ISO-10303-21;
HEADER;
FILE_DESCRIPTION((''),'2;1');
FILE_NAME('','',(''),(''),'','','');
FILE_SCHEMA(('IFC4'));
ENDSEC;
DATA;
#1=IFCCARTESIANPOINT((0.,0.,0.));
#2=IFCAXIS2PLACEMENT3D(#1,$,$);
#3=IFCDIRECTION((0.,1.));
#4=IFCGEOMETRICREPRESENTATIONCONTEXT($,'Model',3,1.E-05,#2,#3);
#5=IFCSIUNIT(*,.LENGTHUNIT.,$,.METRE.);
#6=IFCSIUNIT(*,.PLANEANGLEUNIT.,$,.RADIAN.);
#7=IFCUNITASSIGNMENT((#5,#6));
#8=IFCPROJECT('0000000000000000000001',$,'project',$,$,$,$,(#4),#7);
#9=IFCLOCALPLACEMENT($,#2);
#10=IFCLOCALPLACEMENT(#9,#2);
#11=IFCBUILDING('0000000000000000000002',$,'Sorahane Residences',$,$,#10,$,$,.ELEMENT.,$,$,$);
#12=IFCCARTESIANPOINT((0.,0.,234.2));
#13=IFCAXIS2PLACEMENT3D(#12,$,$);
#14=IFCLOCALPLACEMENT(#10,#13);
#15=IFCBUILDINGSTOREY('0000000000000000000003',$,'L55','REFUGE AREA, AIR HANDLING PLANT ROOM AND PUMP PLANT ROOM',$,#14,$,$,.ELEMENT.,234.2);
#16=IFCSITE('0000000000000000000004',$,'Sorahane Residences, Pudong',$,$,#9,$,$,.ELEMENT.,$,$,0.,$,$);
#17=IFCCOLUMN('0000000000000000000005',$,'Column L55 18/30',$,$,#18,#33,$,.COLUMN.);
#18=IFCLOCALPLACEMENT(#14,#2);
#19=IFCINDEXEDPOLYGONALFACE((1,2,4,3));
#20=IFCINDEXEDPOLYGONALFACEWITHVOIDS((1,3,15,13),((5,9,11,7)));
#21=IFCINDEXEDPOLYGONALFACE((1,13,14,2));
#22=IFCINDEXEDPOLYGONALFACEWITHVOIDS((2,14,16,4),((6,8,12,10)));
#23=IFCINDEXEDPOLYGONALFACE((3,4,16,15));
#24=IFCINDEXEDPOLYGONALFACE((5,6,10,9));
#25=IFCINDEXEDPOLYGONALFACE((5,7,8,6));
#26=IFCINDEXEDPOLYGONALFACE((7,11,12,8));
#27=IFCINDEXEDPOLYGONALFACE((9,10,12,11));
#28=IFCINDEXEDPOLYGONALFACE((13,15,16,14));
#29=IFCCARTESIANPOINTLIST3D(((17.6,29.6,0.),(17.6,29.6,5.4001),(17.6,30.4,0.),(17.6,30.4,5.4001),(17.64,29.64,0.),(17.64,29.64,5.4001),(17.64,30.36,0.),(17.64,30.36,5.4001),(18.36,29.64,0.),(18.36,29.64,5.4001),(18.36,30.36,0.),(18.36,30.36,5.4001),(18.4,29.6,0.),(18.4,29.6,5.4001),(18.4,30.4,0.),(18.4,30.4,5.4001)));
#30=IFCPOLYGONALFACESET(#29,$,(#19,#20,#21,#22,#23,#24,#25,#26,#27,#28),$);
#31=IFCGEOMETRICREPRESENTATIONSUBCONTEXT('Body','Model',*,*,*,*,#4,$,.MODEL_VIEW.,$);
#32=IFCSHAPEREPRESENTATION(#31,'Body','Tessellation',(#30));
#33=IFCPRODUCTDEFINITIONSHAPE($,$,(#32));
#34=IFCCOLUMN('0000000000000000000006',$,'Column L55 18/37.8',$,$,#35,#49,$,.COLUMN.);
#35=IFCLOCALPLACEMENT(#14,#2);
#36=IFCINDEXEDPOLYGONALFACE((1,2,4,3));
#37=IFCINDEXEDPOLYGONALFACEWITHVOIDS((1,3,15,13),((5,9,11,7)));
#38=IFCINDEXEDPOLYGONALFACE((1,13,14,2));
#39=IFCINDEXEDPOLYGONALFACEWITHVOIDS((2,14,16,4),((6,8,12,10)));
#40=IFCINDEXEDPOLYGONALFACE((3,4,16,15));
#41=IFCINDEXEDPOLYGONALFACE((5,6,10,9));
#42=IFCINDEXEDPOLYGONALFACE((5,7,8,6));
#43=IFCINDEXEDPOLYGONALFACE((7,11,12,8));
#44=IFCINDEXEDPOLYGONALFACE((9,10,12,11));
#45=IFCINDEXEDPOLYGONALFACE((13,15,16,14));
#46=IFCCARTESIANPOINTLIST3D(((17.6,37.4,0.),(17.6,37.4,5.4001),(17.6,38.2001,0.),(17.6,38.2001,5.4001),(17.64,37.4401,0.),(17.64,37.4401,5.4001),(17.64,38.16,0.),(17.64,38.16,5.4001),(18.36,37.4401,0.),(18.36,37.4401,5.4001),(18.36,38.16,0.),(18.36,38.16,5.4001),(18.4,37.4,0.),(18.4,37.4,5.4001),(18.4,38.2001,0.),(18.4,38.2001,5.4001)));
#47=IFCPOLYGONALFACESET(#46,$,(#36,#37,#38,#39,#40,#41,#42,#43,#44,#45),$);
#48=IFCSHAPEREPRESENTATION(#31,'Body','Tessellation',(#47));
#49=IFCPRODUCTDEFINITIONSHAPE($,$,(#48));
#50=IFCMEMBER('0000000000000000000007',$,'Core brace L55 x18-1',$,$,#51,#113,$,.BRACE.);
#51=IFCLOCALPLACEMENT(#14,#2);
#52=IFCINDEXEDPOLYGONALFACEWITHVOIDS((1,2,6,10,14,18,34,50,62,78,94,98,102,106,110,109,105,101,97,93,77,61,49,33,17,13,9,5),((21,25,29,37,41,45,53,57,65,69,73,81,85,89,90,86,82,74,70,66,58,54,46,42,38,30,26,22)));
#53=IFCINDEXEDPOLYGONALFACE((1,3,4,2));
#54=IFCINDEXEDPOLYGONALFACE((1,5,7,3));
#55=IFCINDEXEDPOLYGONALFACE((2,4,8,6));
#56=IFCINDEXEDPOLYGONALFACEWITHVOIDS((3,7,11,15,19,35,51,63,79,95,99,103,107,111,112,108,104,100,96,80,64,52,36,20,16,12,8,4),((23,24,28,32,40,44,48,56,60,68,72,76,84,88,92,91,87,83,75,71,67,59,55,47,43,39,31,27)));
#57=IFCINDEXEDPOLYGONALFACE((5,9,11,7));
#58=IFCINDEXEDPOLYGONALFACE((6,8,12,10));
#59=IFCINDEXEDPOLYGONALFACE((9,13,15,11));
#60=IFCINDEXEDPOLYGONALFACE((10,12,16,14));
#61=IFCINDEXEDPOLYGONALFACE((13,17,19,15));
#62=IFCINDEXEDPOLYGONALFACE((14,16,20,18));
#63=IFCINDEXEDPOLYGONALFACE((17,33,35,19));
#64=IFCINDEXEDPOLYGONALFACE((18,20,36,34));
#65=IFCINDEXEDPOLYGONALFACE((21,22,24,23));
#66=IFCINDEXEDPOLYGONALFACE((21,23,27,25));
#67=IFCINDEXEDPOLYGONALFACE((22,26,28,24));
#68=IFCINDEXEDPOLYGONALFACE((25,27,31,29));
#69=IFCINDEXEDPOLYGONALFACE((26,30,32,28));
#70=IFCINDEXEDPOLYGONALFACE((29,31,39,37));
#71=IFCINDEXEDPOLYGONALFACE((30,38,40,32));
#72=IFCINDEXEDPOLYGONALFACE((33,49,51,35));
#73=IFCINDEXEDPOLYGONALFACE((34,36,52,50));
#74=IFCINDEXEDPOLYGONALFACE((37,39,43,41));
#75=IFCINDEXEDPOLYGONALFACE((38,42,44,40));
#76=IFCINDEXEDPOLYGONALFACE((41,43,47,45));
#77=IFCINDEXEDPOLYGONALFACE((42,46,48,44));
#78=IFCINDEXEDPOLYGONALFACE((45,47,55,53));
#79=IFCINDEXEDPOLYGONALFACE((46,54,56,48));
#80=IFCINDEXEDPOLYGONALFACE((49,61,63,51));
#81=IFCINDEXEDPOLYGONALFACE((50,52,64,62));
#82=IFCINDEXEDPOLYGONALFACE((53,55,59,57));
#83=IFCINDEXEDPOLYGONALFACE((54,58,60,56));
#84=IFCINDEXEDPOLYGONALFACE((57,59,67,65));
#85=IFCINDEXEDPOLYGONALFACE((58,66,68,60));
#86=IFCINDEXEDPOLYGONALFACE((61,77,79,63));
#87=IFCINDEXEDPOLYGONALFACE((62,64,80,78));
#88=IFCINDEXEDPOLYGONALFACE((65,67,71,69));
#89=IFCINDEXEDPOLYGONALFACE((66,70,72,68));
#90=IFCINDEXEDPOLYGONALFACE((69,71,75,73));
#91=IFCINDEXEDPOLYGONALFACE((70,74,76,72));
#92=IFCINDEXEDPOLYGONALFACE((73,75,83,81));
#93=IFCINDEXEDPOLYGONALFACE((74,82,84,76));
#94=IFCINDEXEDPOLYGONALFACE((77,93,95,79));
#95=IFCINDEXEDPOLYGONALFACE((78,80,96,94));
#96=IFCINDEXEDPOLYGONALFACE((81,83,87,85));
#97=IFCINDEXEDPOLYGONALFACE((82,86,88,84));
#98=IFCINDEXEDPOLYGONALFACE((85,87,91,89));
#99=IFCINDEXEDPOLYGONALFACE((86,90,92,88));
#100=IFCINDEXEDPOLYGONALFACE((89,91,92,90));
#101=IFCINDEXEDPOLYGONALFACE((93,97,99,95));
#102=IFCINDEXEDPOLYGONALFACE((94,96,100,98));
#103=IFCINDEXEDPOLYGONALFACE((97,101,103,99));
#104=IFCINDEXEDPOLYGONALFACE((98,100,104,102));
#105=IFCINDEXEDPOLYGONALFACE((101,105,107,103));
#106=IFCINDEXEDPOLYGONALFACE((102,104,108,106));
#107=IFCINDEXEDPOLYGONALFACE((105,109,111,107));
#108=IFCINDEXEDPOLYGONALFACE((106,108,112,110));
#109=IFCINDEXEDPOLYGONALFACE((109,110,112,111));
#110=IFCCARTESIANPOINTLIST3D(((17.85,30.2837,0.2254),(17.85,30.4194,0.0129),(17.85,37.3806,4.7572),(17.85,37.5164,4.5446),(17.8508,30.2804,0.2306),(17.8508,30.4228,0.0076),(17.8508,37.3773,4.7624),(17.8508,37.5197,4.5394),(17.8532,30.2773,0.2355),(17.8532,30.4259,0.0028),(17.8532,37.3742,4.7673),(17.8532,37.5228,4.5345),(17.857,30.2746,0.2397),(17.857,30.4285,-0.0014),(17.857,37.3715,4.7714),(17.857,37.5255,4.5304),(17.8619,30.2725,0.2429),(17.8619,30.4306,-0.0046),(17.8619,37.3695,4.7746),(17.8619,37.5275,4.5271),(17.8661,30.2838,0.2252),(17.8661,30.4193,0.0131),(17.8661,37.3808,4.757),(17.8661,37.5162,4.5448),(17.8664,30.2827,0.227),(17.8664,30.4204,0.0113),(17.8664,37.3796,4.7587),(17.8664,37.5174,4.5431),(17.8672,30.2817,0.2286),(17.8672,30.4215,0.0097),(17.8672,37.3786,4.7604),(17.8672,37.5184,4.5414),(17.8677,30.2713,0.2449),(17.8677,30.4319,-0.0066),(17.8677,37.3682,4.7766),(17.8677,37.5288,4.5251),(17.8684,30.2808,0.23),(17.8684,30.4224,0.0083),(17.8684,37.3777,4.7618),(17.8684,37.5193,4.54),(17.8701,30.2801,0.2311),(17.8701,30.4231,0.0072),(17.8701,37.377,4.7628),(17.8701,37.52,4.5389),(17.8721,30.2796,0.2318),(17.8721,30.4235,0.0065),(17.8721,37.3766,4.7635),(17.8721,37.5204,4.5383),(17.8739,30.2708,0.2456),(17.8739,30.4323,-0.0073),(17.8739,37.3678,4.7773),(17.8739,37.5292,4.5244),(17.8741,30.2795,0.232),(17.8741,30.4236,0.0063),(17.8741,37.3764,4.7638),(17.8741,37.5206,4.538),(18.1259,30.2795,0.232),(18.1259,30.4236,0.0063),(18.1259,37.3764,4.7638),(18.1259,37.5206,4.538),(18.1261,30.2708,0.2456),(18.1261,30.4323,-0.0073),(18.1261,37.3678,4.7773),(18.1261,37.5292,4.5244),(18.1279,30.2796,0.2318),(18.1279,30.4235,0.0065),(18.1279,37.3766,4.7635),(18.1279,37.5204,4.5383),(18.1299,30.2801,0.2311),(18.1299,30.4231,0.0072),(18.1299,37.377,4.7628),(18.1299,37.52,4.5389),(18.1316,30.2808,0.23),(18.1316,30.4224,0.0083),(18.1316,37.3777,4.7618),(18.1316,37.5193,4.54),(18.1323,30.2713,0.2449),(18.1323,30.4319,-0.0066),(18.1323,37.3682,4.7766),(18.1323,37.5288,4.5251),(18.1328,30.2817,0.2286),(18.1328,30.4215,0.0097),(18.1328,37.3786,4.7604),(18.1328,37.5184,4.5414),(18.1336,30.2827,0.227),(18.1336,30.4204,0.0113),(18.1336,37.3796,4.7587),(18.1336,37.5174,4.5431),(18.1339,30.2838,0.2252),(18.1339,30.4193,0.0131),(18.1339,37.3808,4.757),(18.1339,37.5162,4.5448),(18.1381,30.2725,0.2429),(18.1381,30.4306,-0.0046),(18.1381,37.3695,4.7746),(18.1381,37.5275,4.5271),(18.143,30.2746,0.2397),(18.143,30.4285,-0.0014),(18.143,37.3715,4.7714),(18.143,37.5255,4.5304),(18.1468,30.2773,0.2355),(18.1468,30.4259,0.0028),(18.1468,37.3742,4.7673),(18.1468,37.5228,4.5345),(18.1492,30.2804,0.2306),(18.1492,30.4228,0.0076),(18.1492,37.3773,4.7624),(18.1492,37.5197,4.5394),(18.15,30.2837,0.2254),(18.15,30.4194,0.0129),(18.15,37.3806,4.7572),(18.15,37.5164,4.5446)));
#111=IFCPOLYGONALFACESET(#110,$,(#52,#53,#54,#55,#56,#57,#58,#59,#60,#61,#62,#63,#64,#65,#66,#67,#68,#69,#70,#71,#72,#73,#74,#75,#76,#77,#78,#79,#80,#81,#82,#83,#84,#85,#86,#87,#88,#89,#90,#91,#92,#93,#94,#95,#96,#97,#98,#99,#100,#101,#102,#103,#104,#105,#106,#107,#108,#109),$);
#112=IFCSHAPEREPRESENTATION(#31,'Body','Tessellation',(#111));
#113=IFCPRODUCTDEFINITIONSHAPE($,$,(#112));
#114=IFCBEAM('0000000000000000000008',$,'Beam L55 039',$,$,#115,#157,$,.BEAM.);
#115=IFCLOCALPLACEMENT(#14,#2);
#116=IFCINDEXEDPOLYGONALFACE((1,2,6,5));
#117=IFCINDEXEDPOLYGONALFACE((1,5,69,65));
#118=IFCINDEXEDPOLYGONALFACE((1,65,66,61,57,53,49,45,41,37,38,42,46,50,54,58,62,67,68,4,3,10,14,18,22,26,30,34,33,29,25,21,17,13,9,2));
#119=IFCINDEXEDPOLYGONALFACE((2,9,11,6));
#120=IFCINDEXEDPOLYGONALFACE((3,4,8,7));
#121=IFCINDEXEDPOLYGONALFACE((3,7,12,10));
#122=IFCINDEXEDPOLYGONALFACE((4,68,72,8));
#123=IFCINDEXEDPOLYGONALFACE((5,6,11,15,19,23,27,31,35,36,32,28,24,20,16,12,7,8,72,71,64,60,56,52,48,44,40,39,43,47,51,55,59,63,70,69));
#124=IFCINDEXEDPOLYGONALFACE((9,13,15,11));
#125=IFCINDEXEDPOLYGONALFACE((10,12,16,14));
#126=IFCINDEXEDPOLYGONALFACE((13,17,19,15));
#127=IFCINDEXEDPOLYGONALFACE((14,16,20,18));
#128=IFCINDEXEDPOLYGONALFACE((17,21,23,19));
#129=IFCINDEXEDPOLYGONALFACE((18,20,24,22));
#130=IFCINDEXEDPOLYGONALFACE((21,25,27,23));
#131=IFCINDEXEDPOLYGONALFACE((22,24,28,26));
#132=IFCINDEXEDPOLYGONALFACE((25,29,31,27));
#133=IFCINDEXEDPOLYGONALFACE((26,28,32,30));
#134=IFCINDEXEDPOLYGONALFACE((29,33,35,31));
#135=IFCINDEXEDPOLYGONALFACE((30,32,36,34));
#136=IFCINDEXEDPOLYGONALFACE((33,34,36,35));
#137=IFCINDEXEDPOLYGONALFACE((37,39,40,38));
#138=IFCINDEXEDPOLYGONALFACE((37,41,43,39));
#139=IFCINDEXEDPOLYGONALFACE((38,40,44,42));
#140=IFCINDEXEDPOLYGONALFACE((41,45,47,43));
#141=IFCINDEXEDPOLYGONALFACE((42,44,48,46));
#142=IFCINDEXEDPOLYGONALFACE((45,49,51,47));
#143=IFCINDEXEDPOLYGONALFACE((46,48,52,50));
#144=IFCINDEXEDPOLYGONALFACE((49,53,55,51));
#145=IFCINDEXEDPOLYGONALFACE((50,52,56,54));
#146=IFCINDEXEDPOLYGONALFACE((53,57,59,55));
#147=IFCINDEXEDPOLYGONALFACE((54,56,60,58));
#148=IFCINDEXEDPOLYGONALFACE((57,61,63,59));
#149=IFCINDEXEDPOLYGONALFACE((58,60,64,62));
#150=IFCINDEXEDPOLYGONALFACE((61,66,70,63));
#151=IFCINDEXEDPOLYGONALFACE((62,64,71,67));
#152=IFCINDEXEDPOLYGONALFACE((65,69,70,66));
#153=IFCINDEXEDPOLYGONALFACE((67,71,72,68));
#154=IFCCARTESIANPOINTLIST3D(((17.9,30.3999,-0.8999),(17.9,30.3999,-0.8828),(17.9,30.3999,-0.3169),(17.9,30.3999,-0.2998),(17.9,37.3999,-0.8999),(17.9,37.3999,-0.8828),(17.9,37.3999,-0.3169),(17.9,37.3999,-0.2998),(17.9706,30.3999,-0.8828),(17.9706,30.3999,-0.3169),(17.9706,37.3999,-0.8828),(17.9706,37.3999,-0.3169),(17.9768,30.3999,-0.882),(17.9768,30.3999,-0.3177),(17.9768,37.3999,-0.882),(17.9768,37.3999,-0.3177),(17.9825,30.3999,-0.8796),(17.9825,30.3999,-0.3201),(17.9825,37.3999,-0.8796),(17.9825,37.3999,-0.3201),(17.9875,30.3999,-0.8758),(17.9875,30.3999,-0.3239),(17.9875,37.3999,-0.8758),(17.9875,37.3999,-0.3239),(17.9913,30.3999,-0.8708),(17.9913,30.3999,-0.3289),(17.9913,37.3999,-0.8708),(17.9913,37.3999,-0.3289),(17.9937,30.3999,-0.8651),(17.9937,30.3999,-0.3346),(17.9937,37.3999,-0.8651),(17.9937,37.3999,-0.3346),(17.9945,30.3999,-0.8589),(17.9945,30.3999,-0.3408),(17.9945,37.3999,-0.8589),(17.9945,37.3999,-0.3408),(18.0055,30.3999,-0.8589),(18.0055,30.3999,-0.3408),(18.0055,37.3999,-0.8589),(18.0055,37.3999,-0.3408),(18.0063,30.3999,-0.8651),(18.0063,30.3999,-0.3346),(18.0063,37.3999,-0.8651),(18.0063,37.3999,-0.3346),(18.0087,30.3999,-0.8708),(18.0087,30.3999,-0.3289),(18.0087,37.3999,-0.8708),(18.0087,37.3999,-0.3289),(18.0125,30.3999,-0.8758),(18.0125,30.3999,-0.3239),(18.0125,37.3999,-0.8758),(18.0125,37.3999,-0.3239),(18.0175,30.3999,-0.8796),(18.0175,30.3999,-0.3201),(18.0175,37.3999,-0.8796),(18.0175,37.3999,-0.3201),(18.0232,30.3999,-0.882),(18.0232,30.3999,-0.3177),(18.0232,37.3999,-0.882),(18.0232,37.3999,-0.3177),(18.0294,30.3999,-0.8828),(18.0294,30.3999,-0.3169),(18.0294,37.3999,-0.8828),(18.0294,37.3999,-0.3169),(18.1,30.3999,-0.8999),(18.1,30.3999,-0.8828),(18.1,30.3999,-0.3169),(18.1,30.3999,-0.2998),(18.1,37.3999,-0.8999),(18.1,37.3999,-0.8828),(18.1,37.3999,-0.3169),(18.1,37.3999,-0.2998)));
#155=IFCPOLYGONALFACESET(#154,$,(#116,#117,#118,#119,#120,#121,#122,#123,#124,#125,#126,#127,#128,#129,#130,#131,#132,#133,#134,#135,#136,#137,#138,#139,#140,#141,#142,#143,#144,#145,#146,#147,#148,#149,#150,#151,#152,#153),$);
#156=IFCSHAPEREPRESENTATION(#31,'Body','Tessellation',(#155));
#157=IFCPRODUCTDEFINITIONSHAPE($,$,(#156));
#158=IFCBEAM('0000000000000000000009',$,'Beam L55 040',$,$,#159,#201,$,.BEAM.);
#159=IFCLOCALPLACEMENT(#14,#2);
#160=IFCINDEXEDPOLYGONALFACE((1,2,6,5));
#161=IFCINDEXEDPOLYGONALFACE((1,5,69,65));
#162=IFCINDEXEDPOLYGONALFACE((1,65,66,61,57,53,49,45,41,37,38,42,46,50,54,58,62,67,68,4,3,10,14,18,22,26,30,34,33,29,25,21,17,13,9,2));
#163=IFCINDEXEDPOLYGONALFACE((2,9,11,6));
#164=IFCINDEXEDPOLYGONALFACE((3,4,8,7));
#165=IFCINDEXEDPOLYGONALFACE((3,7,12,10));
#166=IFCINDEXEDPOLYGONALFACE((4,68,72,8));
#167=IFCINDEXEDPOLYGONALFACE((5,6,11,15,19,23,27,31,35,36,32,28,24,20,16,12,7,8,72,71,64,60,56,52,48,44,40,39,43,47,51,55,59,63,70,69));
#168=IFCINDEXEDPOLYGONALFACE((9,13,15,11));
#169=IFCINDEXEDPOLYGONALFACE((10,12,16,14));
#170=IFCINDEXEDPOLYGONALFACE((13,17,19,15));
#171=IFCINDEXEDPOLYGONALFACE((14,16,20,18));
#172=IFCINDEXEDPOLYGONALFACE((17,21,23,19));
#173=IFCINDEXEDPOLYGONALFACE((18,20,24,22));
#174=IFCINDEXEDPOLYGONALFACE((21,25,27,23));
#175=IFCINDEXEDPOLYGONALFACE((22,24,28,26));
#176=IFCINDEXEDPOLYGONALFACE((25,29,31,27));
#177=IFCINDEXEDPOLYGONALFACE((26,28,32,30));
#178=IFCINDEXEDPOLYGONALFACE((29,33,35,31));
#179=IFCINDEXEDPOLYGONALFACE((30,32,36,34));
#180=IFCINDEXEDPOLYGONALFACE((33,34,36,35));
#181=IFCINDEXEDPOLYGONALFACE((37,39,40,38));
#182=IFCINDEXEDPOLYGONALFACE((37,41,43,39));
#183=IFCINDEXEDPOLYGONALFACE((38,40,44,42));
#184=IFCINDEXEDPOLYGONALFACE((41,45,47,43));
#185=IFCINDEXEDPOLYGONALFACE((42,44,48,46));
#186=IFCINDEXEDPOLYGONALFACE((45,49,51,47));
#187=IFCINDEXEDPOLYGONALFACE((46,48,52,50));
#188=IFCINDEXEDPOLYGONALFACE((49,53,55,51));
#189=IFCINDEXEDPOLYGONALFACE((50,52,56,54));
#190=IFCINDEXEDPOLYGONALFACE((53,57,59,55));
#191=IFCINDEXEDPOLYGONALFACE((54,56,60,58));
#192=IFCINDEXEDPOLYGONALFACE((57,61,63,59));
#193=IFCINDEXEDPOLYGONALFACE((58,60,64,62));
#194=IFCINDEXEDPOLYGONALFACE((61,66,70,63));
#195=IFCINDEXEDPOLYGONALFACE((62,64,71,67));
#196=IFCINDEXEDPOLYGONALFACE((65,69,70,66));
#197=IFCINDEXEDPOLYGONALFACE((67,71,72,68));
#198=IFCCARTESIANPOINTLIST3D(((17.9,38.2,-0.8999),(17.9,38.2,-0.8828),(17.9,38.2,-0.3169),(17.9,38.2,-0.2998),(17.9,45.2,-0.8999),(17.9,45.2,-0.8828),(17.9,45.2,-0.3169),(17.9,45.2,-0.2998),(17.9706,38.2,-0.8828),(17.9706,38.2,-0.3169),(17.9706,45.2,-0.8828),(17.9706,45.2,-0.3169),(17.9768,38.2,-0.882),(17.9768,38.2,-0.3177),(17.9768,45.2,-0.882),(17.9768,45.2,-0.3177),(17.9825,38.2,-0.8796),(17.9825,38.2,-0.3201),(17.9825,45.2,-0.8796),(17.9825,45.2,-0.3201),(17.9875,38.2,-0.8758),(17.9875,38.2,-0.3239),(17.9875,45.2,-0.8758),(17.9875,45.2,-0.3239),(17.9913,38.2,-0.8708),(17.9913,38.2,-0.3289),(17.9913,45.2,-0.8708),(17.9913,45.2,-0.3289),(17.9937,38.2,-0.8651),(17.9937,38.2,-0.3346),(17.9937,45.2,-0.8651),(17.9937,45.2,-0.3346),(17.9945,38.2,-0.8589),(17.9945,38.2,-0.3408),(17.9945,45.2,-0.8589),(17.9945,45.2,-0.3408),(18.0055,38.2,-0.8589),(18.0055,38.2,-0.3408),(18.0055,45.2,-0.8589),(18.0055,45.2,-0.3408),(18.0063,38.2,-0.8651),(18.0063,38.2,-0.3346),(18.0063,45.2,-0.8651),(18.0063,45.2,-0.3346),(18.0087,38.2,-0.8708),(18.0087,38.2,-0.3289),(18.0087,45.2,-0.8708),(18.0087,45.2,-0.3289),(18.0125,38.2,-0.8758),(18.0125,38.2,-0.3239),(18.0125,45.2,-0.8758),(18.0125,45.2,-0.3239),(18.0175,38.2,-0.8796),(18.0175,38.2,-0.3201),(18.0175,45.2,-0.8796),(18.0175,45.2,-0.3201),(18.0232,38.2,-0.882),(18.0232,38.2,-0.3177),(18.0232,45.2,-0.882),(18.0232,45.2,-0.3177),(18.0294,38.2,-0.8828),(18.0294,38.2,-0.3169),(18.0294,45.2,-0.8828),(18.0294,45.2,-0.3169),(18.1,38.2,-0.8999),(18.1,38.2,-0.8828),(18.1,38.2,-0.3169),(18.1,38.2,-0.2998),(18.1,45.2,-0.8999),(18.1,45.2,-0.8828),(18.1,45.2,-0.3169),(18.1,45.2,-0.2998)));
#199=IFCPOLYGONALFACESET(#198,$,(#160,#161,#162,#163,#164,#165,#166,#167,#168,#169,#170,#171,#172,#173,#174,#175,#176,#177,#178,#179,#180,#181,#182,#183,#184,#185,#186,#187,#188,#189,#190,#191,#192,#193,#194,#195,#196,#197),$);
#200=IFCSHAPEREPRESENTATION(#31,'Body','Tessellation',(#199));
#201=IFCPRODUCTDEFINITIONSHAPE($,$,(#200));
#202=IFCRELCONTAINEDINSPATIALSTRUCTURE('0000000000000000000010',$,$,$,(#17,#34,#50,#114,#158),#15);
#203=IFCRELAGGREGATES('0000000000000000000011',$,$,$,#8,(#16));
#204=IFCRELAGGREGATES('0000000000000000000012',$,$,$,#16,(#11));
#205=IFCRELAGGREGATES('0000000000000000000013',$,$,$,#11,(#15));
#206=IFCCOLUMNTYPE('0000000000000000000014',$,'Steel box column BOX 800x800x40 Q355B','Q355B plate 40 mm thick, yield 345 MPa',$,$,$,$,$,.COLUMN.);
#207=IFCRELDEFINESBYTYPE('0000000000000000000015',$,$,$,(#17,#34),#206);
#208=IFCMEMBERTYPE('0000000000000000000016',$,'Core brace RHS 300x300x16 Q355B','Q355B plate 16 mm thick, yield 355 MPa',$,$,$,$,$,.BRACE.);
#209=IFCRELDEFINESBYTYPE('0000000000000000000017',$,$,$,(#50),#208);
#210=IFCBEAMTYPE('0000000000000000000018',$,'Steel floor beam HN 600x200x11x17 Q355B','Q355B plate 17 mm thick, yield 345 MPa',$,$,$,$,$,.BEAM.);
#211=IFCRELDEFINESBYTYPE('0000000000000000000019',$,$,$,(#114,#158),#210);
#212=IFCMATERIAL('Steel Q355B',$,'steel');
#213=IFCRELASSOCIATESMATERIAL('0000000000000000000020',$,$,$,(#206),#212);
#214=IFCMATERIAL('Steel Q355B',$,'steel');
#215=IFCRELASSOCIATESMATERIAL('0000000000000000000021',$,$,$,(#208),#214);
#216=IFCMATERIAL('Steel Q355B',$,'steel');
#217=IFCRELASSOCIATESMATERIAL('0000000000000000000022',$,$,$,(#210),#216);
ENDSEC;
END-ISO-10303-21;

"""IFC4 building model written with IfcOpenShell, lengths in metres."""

from ifc_helpers import new_model, si_unit, direction, frame, origin, origin_2d, place, context, subcontext, project, spatial, hollow_rectangle, i_section, extrude, material, material_profile, profile_set, type_object, element, save


model = new_model("IFC4")

# Units and contexts
model_context = context("Model", 3, precision=1e-05, world=origin(), true_north=direction((0.0, 1.0)))
body_context = subcontext(model_context, "Body", "Model", "MODEL_VIEW")
ifc_project = project(units=[si_unit("LENGTHUNIT", "METRE"), si_unit("PLANEANGLEUNIT", "RADIAN")], contexts=[model_context])

# Site, building, storey
site_placement = place(None, origin())
site = spatial("IfcSite", under=ifc_project, at=site_placement, Name="Sorahane Residences, Pudong", CompositionType="ELEMENT", RefElevation=0.0)
building_placement = place(site_placement, origin())
building = spatial("IfcBuilding", under=site, at=building_placement, Name="Sorahane Residences", CompositionType="ELEMENT")
storey_placement = place(building_placement, frame((0.0, 0.0, 234.2)))
storey = spatial("IfcBuildingStorey", under=building, at=storey_placement, Name="L55", Description="REFUGE AREA, AIR HANDLING PLANT ROOM AND PUMP PLANT ROOM", CompositionType="ELEMENT", Elevation=234.2)

# Columns
ifc_material_1 = material(Name="Steel Q355B", Category="steel")
ifc_material_profile_1 = material_profile(ifc_material_1, hollow_rectangle(XDim=0.8, YDim=0.8, WallThickness=0.04, at=origin_2d()), Name="BOX 800x800x40")
ifc_profile_set_1 = profile_set([ifc_material_profile_1], Name="Steel Q355B")
column_type = type_object("IfcColumnType", Name="Steel box column BOX 800x800x40 Q355B", Description="Q355B plate 40 mm thick, yield 345 MPa", PredefinedType="COLUMN", material=ifc_profile_set_1)
for number, where, z_axis, x_axis, name in (
    (1, (18.0, 30.0, 0.0), (0.0, 0.0, 1.0), (1.0, 0.0, 0.0), "Column L55 18/30"),
    (2, (18.0, 37.8, 0.0), (0.0, 0.0, 1.0), (1.0, 0.0, 0.0), "Column L55 18/37.8"),
):
    element("IfcColumn", number, at=place(storey_placement, frame(where, z_axis=z_axis, x_axis=x_axis)), inside=storey, type_object=column_type, Name=name, PredefinedType="COLUMN", context=body_context, shape_type="SweptSolid", body=[
        extrude(hollow_rectangle(XDim=0.8, YDim=0.8, WallThickness=0.04, at=origin_2d()), origin(), (0.0, 0.0, 1.0), 5.4001),
    ])

# Member
ifc_material_2 = material(Name="Steel Q355B", Category="steel")
ifc_material_profile_2 = material_profile(ifc_material_2, hollow_rectangle(XDim=0.3, YDim=0.3, WallThickness=0.0161, InnerFilletRadius=0.0081, OuterFilletRadius=0.0239, at=origin_2d()), Name="RHS 300x300x16")
ifc_profile_set_2 = profile_set([ifc_material_profile_2], Name="Steel Q355B")
member_type = type_object("IfcMemberType", Name="Core brace RHS 300x300x16 Q355B", Description="Q355B plate 16 mm thick, yield 355 MPa", PredefinedType="BRACE", material=ifc_profile_set_2)
member_placement = place(storey_placement, frame((18.0, 30.3516, 0.1191), z_axis=(0.0, 0.842826, 0.538186), x_axis=(-1.0, 0.0, 0.0)))
element("IfcMember", 3, at=member_placement, inside=storey, type_object=member_type, Name="Core brace L55 x18-1", PredefinedType="BRACE", context=body_context, shape_type="SweptSolid", body=[
    extrude(hollow_rectangle(XDim=0.3, YDim=0.3, WallThickness=0.0161, InnerFilletRadius=0.0081, OuterFilletRadius=0.0239, at=origin_2d()), origin(), (0.0, 0.0, 1.0), 8.4204),
])

# Beams
ifc_material_3 = material(Name="Steel Q355B", Category="steel")
ifc_material_profile_3 = material_profile(ifc_material_3, i_section(OverallWidth=0.2, OverallDepth=0.6001, WebThickness=0.011, FlangeThickness=0.0171, FilletRadius=0.0239, at=origin_2d()), Name="HN 600x200x11x17")
ifc_profile_set_3 = profile_set([ifc_material_profile_3], Name="Steel Q355B")
beam_type = type_object("IfcBeamType", Name="Steel floor beam HN 600x200x11x17 Q355B", Description="Q355B plate 17 mm thick, yield 345 MPa", PredefinedType="BEAM", material=ifc_profile_set_3)
for number, where, z_axis, x_axis, name in (
    (4, (18.0, 30.3999, -0.5999), (0.0, 1.0, 0.0), (-1.0, 0.0, 0.0), "Beam L55 039"),
    (5, (18.0, 38.2, -0.5999), (0.0, 1.0, 0.0), (-1.0, 0.0, 0.0), "Beam L55 040"),
):
    element("IfcBeam", number, at=place(storey_placement, frame(where, z_axis=z_axis, x_axis=x_axis)), inside=storey, type_object=beam_type, Name=name, PredefinedType="BEAM", context=body_context, shape_type="SweptSolid", body=[
        extrude(i_section(OverallWidth=0.2, OverallDepth=0.6001, WebThickness=0.011, FlangeThickness=0.0171, FilletRadius=0.0239, at=origin_2d()), origin(), (0.0, 0.0, 1.0), 7.0),
    ])

save(model, "model.ifc")
